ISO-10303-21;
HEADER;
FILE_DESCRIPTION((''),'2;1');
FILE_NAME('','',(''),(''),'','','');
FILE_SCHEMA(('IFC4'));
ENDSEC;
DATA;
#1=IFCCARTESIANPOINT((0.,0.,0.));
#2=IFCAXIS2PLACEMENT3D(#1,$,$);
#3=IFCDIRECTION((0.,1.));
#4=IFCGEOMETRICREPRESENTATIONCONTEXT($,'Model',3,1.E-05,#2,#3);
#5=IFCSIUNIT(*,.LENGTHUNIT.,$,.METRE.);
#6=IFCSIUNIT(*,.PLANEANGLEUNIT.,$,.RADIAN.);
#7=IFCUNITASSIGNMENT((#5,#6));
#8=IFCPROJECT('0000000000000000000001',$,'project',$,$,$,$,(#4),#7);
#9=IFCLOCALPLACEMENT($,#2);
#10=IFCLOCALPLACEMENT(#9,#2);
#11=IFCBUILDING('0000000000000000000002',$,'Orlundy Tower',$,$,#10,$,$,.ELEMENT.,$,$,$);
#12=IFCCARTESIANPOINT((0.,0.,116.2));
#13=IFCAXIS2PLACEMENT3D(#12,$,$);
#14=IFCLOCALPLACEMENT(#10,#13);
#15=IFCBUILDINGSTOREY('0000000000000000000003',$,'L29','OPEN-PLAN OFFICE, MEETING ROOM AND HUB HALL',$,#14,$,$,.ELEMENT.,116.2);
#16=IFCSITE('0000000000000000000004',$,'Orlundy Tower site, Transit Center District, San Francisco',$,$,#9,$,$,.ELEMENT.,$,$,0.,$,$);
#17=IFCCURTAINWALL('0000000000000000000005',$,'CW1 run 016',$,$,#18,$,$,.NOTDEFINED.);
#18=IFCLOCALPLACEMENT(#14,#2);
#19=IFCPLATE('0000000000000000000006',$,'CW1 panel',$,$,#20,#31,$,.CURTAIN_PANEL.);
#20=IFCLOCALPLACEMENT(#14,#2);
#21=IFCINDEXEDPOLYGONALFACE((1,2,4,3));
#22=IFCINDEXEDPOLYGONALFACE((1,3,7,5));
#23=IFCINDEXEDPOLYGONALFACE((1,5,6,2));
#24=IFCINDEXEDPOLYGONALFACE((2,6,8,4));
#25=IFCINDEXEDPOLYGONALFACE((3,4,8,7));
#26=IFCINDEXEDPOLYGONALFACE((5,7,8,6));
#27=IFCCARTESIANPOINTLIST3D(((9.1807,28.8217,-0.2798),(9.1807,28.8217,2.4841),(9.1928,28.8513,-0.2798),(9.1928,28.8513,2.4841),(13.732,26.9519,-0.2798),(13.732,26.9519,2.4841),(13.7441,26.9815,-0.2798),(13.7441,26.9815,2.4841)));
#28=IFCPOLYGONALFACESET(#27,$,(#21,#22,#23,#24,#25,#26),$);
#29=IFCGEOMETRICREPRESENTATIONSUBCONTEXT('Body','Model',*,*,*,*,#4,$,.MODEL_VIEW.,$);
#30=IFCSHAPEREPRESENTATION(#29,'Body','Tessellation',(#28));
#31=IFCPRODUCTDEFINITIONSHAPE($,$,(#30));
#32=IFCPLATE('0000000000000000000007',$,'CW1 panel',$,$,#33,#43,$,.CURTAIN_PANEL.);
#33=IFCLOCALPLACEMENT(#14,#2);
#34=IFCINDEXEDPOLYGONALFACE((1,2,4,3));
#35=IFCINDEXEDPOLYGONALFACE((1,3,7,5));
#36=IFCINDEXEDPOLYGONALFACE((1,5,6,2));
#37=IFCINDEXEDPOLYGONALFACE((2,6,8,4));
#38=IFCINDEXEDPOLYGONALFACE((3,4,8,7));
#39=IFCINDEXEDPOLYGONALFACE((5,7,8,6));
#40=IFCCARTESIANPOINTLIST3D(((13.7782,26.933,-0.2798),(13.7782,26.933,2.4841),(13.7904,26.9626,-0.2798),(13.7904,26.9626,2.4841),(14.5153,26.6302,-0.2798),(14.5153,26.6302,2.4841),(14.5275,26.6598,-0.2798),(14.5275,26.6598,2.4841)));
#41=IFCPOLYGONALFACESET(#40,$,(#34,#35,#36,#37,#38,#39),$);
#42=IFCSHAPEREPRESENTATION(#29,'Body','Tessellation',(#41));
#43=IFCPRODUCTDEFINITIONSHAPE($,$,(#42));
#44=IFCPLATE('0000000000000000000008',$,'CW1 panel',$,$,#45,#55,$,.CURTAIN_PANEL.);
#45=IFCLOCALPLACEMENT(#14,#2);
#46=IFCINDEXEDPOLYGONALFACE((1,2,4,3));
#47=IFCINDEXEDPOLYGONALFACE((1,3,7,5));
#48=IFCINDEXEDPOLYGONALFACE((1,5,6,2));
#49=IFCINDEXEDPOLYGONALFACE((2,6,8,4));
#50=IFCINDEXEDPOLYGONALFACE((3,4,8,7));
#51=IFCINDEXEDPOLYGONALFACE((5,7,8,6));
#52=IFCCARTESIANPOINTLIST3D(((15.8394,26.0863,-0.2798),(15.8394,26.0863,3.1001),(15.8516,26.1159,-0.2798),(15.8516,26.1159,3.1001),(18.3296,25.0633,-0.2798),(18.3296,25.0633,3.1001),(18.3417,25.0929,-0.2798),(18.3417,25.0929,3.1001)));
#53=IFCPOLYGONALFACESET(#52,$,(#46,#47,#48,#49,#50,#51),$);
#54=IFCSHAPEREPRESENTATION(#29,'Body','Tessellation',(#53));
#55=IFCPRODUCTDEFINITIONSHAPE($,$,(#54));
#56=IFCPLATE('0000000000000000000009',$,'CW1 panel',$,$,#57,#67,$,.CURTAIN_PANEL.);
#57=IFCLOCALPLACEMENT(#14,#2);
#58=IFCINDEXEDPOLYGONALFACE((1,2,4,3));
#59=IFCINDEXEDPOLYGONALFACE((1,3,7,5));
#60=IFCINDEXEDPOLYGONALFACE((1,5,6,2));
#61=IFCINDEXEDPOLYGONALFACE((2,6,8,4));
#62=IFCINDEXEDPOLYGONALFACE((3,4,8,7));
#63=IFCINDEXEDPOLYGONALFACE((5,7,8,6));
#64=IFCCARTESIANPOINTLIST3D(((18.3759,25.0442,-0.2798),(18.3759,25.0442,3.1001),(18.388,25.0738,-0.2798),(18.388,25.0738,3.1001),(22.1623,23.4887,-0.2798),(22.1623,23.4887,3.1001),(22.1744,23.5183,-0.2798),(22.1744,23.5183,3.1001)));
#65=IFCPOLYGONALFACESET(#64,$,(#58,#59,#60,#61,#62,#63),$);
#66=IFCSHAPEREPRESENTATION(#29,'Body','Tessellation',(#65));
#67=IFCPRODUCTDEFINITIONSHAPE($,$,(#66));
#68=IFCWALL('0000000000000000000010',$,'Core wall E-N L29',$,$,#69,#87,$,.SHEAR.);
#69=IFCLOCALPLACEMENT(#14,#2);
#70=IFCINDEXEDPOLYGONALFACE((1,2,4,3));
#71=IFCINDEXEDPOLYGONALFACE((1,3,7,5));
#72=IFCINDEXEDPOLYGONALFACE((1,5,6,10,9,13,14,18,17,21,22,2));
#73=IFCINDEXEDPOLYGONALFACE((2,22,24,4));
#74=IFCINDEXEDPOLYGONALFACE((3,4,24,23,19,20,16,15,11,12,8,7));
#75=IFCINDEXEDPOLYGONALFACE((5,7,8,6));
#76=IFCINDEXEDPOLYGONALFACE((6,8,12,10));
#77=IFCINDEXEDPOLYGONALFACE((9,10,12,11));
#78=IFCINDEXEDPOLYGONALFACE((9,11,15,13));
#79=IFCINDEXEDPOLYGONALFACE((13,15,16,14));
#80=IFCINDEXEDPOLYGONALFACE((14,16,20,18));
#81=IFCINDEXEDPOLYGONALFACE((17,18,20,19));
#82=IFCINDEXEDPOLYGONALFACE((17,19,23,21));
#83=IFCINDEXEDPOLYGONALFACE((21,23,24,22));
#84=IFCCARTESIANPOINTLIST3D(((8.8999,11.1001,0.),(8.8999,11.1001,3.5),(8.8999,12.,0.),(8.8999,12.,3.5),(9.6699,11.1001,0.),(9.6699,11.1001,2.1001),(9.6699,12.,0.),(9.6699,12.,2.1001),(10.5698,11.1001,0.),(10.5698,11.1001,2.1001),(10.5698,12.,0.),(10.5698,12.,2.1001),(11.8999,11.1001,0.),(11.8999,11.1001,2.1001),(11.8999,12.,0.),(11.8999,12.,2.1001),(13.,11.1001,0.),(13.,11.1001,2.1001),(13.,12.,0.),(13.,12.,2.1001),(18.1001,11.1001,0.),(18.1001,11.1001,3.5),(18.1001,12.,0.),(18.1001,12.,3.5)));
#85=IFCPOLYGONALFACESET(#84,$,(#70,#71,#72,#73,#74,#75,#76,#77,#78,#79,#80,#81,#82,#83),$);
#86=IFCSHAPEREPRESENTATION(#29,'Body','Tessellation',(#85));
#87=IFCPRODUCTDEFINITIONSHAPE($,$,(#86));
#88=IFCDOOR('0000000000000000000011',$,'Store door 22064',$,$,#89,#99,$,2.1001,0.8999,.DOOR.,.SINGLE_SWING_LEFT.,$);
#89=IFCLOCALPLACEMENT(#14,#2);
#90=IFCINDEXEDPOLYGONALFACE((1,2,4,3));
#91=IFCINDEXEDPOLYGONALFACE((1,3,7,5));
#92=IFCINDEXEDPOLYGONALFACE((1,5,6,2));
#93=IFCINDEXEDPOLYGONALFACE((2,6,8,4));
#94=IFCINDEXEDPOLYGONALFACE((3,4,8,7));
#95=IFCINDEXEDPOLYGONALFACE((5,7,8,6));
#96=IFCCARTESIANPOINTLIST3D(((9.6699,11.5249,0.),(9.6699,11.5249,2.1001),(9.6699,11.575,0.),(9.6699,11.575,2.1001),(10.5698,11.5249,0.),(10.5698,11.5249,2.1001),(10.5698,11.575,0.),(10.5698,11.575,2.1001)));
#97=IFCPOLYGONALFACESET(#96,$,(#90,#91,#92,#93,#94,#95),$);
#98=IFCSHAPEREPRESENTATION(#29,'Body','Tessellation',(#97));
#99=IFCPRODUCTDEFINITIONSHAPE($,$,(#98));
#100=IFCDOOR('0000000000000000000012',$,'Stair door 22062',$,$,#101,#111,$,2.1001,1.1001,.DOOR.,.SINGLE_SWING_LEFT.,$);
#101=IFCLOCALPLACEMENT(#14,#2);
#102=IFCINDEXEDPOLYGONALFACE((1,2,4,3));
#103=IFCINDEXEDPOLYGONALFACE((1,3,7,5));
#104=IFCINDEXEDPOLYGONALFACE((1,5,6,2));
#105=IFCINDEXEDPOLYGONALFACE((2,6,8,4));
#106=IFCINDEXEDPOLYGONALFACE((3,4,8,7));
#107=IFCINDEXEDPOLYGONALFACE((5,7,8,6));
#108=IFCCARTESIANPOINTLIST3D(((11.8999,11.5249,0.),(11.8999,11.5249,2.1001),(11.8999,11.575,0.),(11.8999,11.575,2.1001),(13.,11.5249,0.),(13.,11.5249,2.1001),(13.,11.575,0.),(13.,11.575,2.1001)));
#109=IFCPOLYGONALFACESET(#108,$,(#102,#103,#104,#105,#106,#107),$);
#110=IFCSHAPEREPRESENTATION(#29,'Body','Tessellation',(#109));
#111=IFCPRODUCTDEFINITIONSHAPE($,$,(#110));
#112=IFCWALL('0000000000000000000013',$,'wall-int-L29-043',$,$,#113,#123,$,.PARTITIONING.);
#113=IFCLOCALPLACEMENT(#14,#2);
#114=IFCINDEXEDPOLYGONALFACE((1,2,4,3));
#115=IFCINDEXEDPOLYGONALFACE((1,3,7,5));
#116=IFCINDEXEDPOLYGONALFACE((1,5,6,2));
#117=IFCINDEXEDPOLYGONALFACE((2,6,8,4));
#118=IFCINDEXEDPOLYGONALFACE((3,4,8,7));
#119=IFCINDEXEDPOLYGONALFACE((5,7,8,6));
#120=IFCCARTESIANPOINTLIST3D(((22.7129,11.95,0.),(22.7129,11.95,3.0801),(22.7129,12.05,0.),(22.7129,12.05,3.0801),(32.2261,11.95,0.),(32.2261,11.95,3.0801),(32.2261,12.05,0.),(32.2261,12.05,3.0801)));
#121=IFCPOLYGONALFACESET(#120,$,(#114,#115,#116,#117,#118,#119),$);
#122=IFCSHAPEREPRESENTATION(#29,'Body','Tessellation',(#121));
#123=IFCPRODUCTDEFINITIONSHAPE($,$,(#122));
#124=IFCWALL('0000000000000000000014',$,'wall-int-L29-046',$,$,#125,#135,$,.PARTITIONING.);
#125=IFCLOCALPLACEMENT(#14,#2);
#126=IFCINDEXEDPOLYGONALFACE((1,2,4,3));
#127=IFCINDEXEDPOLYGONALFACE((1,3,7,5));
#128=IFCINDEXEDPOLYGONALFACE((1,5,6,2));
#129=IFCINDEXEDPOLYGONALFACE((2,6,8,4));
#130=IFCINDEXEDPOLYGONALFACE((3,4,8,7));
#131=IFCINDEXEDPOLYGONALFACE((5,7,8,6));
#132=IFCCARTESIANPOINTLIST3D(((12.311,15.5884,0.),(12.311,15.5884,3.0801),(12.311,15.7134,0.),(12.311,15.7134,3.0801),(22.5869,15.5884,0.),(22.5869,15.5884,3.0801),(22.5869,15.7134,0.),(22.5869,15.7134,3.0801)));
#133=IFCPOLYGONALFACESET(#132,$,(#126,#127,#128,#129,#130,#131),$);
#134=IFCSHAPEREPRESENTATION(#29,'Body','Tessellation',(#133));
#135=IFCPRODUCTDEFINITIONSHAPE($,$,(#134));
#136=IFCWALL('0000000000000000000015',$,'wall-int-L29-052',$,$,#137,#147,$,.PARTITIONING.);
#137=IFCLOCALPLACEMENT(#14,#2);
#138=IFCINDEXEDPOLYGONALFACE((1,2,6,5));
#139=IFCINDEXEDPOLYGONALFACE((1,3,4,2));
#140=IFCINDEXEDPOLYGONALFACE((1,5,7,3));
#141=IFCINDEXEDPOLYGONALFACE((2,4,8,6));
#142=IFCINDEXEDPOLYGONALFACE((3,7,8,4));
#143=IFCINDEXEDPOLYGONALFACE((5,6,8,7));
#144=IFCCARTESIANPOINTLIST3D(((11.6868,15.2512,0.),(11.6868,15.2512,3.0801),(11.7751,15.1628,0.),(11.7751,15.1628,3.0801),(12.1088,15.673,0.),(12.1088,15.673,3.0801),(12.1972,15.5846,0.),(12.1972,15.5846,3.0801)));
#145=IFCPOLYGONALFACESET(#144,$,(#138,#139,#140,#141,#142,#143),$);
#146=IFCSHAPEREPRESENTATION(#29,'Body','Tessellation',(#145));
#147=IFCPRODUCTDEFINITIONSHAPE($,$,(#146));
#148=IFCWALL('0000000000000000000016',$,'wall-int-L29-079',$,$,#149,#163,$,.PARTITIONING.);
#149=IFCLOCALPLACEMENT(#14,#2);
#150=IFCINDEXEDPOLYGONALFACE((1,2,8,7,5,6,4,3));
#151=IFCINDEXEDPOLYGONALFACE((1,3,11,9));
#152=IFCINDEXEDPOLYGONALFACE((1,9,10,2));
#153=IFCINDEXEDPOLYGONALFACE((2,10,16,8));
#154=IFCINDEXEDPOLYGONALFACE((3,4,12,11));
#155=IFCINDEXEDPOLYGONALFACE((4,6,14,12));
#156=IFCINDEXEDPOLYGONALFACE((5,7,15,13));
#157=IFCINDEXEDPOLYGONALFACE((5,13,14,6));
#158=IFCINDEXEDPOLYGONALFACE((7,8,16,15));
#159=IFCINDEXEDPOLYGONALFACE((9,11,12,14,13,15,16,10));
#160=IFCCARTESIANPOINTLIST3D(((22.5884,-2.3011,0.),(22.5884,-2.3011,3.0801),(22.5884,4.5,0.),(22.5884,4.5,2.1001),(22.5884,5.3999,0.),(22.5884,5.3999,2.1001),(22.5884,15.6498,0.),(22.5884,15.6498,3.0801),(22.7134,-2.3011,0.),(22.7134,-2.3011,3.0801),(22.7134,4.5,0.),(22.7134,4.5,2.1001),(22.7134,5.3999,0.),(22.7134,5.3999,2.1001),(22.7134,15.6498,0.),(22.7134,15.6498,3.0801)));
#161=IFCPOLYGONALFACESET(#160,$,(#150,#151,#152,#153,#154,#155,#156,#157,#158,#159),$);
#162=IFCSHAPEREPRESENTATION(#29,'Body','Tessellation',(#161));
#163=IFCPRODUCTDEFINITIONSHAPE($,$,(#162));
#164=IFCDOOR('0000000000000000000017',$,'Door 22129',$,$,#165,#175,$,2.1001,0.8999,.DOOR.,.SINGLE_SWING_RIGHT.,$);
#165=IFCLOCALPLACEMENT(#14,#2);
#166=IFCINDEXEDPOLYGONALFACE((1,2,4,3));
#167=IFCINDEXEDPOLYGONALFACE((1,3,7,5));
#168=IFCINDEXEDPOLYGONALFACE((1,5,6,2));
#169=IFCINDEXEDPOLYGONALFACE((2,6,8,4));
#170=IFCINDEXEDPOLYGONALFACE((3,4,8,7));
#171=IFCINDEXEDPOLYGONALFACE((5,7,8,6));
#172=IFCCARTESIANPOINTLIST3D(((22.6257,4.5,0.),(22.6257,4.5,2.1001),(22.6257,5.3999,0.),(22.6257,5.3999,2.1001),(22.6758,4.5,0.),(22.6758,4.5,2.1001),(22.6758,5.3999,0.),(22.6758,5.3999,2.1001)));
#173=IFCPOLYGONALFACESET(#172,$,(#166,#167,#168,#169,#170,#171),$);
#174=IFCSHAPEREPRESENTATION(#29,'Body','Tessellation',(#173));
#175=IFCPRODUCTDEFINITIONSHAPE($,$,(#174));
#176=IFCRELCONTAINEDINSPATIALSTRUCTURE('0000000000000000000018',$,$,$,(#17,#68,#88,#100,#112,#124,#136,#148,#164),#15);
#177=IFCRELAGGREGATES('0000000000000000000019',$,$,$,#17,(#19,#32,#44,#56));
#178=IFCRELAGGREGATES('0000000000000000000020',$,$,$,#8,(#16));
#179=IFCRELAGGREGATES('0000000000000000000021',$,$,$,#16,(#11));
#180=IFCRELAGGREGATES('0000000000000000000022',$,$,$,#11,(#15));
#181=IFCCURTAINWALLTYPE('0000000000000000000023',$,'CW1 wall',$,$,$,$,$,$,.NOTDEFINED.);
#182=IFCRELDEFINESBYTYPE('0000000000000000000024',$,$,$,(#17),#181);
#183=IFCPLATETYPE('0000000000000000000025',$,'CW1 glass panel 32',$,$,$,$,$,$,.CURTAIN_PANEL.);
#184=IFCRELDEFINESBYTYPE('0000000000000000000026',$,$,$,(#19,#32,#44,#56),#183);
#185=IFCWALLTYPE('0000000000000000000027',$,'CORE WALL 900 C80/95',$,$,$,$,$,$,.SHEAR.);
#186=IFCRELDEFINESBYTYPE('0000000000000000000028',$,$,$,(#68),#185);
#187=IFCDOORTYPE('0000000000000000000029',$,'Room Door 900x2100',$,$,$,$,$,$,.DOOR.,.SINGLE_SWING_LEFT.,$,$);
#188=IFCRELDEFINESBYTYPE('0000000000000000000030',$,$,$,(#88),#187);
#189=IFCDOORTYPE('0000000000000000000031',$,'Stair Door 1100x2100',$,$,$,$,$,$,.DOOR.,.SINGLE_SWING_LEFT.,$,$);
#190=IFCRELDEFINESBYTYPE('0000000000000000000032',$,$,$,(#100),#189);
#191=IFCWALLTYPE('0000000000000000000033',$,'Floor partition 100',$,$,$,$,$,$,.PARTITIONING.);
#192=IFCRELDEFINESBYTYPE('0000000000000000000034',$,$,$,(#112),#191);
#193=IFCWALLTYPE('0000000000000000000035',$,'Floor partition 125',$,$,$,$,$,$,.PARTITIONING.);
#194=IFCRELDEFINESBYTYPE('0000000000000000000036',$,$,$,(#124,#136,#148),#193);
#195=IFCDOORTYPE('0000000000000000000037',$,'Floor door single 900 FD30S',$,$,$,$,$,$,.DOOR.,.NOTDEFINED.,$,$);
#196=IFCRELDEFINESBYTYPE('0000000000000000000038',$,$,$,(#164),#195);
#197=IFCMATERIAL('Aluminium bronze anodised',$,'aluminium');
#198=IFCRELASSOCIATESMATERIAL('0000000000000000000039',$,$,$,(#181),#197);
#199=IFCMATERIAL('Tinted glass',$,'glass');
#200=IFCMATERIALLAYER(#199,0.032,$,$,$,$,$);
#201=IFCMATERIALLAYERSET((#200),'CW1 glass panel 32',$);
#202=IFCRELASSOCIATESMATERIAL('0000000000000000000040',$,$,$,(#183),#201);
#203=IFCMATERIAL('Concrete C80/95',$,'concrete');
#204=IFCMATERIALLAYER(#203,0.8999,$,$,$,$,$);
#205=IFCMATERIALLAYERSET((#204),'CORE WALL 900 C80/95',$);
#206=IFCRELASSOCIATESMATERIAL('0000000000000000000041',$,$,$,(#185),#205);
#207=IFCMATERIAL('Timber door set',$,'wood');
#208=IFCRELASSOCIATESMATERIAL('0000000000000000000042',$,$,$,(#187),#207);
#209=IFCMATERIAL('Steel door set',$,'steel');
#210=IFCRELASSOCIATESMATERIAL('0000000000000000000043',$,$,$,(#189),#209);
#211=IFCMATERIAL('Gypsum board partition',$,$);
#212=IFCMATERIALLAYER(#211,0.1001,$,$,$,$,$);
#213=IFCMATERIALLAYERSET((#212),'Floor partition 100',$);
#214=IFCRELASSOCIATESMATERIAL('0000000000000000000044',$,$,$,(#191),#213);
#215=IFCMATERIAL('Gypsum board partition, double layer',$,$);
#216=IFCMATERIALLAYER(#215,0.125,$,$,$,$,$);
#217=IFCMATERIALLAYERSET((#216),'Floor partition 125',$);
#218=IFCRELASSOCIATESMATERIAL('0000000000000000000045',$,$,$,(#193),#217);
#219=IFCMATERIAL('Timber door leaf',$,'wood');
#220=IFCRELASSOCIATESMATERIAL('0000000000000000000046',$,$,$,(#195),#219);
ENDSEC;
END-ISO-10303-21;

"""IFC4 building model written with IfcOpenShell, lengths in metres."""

from ifc_helpers import new_model, si_unit, direction, frame, frame_2d, origin, origin_2d, place, context, subcontext, project, spatial, rectangle, extrude, material, layer, layer_set, type_object, element, fill, aggregate, save


model = new_model("IFC4")

# Units and contexts
model_context = context("Model", 3, precision=1e-05, world=origin(), true_north=direction((0.0, 1.0)))
body_context = subcontext(model_context, "Body", "Model", "MODEL_VIEW")
ifc_project = project(units=[si_unit("LENGTHUNIT", "METRE"), si_unit("PLANEANGLEUNIT", "RADIAN")], contexts=[model_context])

# Site, building, storey
site_placement = place(None, origin())
site = spatial("IfcSite", under=ifc_project, at=site_placement, Name="Orlundy Tower site, Transit Center District, San Francisco", CompositionType="ELEMENT", RefElevation=0.0)
building_placement = place(site_placement, origin())
building = spatial("IfcBuilding", under=site, at=building_placement, Name="Orlundy Tower", CompositionType="ELEMENT")
storey_placement = place(building_placement, frame((0.0, 0.0, 116.2)))
storey = spatial("IfcBuildingStorey", under=building, at=storey_placement, Name="L29", Description="OPEN-PLAN OFFICE, MEETING ROOM AND HUB HALL", CompositionType="ELEMENT", Elevation=116.2)

# Curtain wall
ifc_material_1 = material(Name="Aluminium bronze anodised", Category="aluminium")
curtain_wall_type = type_object("IfcCurtainWallType", Name="CW1 wall", PredefinedType="NOTDEFINED", material=ifc_material_1)
curtain_wall_1_placement = place(storey_placement, origin())
curtain_wall_1 = element("IfcCurtainWall", 1, at=curtain_wall_1_placement, inside=storey, type_object=curtain_wall_type, Name="CW1 run 016", PredefinedType="NOTDEFINED")

# Plates
ifc_material_2 = material(Name="Tinted glass", Category="glass")
ifc_layer_1 = layer(ifc_material_2, 0.032)
ifc_layer_set_1 = layer_set([ifc_layer_1], Name="CW1 glass panel 32")
plate_type = type_object("IfcPlateType", Name="CW1 glass panel 32", PredefinedType="CURTAIN_PANEL", material=ifc_layer_set_1)
plate_1_placement = place(storey_placement, frame((11.4624, 27.9016, -0.2798), z_axis=(0.0, 0.0, 1.0), x_axis=(0.924984, -0.380005, 0.0)))
plate_1 = element("IfcPlate", 2, at=plate_1_placement, type_object=plate_type, Name="CW1 panel", PredefinedType="CURTAIN_PANEL", context=body_context, shape_type="SweptSolid", body=[
    extrude(rectangle(XDim=4.9204, YDim=0.032, at=origin_2d()), origin(), (0.0, 0.0, 1.0), 2.7639),
])
plate_2_placement = place(storey_placement, frame((14.1528, 26.7964, -0.2798), z_axis=(0.0, 0.0, 1.0), x_axis=(0.924984, -0.380005, 0.0)))
plate_2 = element("IfcPlate", 3, at=plate_2_placement, type_object=plate_type, Name="CW1 panel", PredefinedType="CURTAIN_PANEL", context=body_context, shape_type="SweptSolid", body=[
    extrude(rectangle(XDim=0.7969, YDim=0.032, at=origin_2d()), origin(), (0.0, 0.0, 1.0), 2.7639),
])
plate_3_placement = place(storey_placement, frame((17.0906, 25.5896, -0.2798), z_axis=(0.0, 0.0, 1.0), x_axis=(0.924984, -0.380005, 0.0)))
plate_3 = element("IfcPlate", 4, at=plate_3_placement, type_object=plate_type, Name="CW1 panel", PredefinedType="CURTAIN_PANEL", context=body_context, shape_type="SweptSolid", body=[
    extrude(rectangle(XDim=2.6921, YDim=0.032, at=origin_2d()), origin(), (0.0, 0.0, 1.0), 3.3799),
])
plate_4_placement = place(storey_placement, frame((20.2751, 24.2812, -0.2798), z_axis=(0.0, 0.0, 1.0), x_axis=(0.924984, -0.380005, 0.0)))
plate_4 = element("IfcPlate", 5, at=plate_4_placement, type_object=plate_type, Name="CW1 panel", PredefinedType="CURTAIN_PANEL", context=body_context, shape_type="SweptSolid", body=[
    extrude(rectangle(XDim=4.0935, YDim=0.032, at=origin_2d()), origin(), (0.0, 0.0, 1.0), 3.3799),
])
aggregate(curtain_wall_1, [plate_1, plate_2, plate_3, plate_4])

# Wall, openings, doors
ifc_material_3 = material(Name="Concrete C80/95", Category="concrete")
ifc_layer_2 = layer(ifc_material_3, 0.8999)
ifc_layer_set_2 = layer_set([ifc_layer_2], Name="CORE WALL 900 C80/95")
wall_type_1 = type_object("IfcWallType", Name="CORE WALL 900 C80/95", PredefinedType="SHEAR", material=ifc_layer_set_2)
wall_1_placement = place(storey_placement, frame((8.8999, 11.55, 0.0), z_axis=(0.0, 0.0, 1.0), x_axis=(1.0, 0.0, 0.0)))
wall_1 = element("IfcWall", 6, at=wall_1_placement, inside=storey, type_object=wall_type_1, Name="Core wall E-N L29", PredefinedType="SHEAR", context=body_context, shape_type="SweptSolid", body=[
    extrude(rectangle(XDim=9.2002, YDim=0.8999, at=frame_2d((4.6001, 0.0))), origin(), (0.0, 0.0, 1.0), 3.5),
])
opening_1_placement = place(wall_1_placement, frame((3.0, 0.0, 0.0)))
opening_1 = element("IfcOpeningElement", 7, at=opening_1_placement, cuts=wall_1, PredefinedType="OPENING", context=body_context, shape_type="SweptSolid", body=[
    extrude(rectangle(XDim=1.1001, YDim=2.1001, at=frame_2d((0.55, 1.05))), frame((0.0, 0.46, 0.0), z_axis=(0.0, -1.0, 0.0), x_axis=(1.0, 0.0, 0.0)), (0.0, 0.0, 1.0), 0.9199),
])
opening_2_placement = place(wall_1_placement, frame((0.77, 0.0, 0.0)))
opening_2 = element("IfcOpeningElement", 8, at=opening_2_placement, cuts=wall_1, PredefinedType="OPENING", context=body_context, shape_type="SweptSolid", body=[
    extrude(rectangle(XDim=0.8999, YDim=2.1001, at=frame_2d((0.45, 1.05))), frame((0.0, 0.46, 0.0), z_axis=(0.0, -1.0, 0.0), x_axis=(1.0, 0.0, 0.0)), (0.0, 0.0, 1.0), 0.9199),
])
ifc_material_4 = material(Name="Timber door set", Category="wood")
door_type_1 = type_object("IfcDoorType", Name="Room Door 900x2100", OperationType="SINGLE_SWING_LEFT", PredefinedType="DOOR", material=ifc_material_4)
door_1_placement = place(opening_2_placement, origin())
door_1 = element("IfcDoor", 9, at=door_1_placement, inside=storey, type_object=door_type_1, Name="Store door 22064", OperationType="SINGLE_SWING_LEFT", OverallHeight=2.1001, OverallWidth=0.8999, PredefinedType="DOOR", context=body_context, shape_type="SweptSolid", body=[
    extrude(rectangle(XDim=0.8999, YDim=2.1001, at=frame_2d((0.45, 1.05))), frame((0.0, 0.0249, 0.0), z_axis=(0.0, -1.0, 0.0), x_axis=(1.0, 0.0, 0.0)), (0.0, 0.0, 1.0), 0.05),
])
fill(opening_2, door_1)
ifc_material_5 = material(Name="Steel door set", Category="steel")
door_type_2 = type_object("IfcDoorType", Name="Stair Door 1100x2100", OperationType="SINGLE_SWING_LEFT", PredefinedType="DOOR", material=ifc_material_5)
door_2_placement = place(opening_1_placement, origin())
door_2 = element("IfcDoor", 10, at=door_2_placement, inside=storey, type_object=door_type_2, Name="Stair door 22062", OperationType="SINGLE_SWING_LEFT", OverallHeight=2.1001, OverallWidth=1.1001, PredefinedType="DOOR", context=body_context, shape_type="SweptSolid", body=[
    extrude(rectangle(XDim=1.1001, YDim=2.1001, at=frame_2d((0.55, 1.05))), frame((0.0, 0.0249, 0.0), z_axis=(0.0, -1.0, 0.0), x_axis=(1.0, 0.0, 0.0)), (0.0, 0.0, 1.0), 0.05),
])
fill(opening_1, door_2)

# Walls
ifc_material_6 = material(Name="Gypsum board partition")
ifc_layer_3 = layer(ifc_material_6, 0.1001)
ifc_layer_set_3 = layer_set([ifc_layer_3], Name="Floor partition 100")
wall_type_2 = type_object("IfcWallType", Name="Floor partition 100", PredefinedType="PARTITIONING", material=ifc_layer_set_3)
wall_2_placement = place(storey_placement, frame((22.7129, 12.0, 0.0), z_axis=(0.0, 0.0, 1.0), x_axis=(1.0, 0.0, 0.0)))
element("IfcWall", 11, at=wall_2_placement, inside=storey, type_object=wall_type_2, Name="wall-int-L29-043", PredefinedType="PARTITIONING", context=body_context, shape_type="SweptSolid", body=[
    extrude(rectangle(XDim=9.5132, YDim=0.1001, at=frame_2d((4.7566, 0.0))), origin(), (0.0, 0.0, 1.0), 3.0801),
])
ifc_material_7 = material(Name="Gypsum board partition, double layer")
ifc_layer_4 = layer(ifc_material_7, 0.125)
ifc_layer_set_4 = layer_set([ifc_layer_4], Name="Floor partition 125")
wall_type_3 = type_object("IfcWallType", Name="Floor partition 125", PredefinedType="PARTITIONING", material=ifc_layer_set_4)
wall_3_placement = place(storey_placement, frame((12.311, 15.6509, 0.0), z_axis=(0.0, 0.0, 1.0), x_axis=(1.0, 0.0, 0.0)))
element("IfcWall", 12, at=wall_3_placement, inside=storey, type_object=wall_type_3, Name="wall-int-L29-046", PredefinedType="PARTITIONING", context=body_context, shape_type="SweptSolid", body=[
    extrude(rectangle(XDim=10.2759, YDim=0.125, at=frame_2d((5.1379, 0.0))), origin(), (0.0, 0.0, 1.0), 3.0801),
])
wall_4_placement = place(storey_placement, frame((11.731, 15.207, 0.0), z_axis=(0.0, 0.0, 1.0), x_axis=(0.707311, 0.706902, 0.0)))
element("IfcWall", 13, at=wall_4_placement, inside=storey, type_object=wall_type_3, Name="wall-int-L29-052", PredefinedType="PARTITIONING", context=body_context, shape_type="SweptSolid", body=[
    extrude(rectangle(XDim=0.5967, YDim=0.125, at=frame_2d((0.2983, 0.0))), origin(), (0.0, 0.0, 1.0), 3.0801),
])

# Wall, opening, door
wall_5_placement = place(storey_placement, frame((22.6509, 15.6499, 0.0), z_axis=(0.0, 0.0, 1.0), x_axis=(0.0, -1.0, 0.0)))
wall_5 = element("IfcWall", 14, at=wall_5_placement, inside=storey, type_object=wall_type_3, Name="wall-int-L29-079", PredefinedType="PARTITIONING", context=body_context, shape_type="SweptSolid", body=[
    extrude(rectangle(XDim=17.9509, YDim=0.125, at=frame_2d((8.9756, 0.0))), origin(), (0.0, 0.0, 1.0), 3.0801),
])
opening_3_placement = place(wall_5_placement, frame((10.25, 0.0, 0.0)))
opening_3 = element("IfcOpeningElement", 15, at=opening_3_placement, cuts=wall_5, PredefinedType="OPENING", context=body_context, shape_type="SweptSolid", body=[
    extrude(rectangle(XDim=0.8999, YDim=2.1001, at=frame_2d((0.45, 1.05))), frame((0.0, 0.0725, 0.0), z_axis=(0.0, -1.0, 0.0), x_axis=(1.0, 0.0, 0.0)), (0.0, 0.0, 1.0), 0.145),
])
ifc_material_8 = material(Name="Timber door leaf", Category="wood")
door_type_3 = type_object("IfcDoorType", Name="Floor door single 900 FD30S", OperationType="NOTDEFINED", PredefinedType="DOOR", material=ifc_material_8)
door_3_placement = place(opening_3_placement, origin())
door_3 = element("IfcDoor", 16, at=door_3_placement, inside=storey, type_object=door_type_3, Name="Door 22129", OperationType="SINGLE_SWING_RIGHT", OverallHeight=2.1001, OverallWidth=0.8999, PredefinedType="DOOR", context=body_context, shape_type="SweptSolid", body=[
    extrude(rectangle(XDim=0.8999, YDim=2.1001, at=frame_2d((0.45, 1.05))), frame((0.0, 0.0249, 0.0), z_axis=(0.0, -1.0, 0.0), x_axis=(1.0, 0.0, 0.0)), (0.0, 0.0, 1.0), 0.05),
])
fill(opening_3, door_3)

save(model, "model.ifc")
